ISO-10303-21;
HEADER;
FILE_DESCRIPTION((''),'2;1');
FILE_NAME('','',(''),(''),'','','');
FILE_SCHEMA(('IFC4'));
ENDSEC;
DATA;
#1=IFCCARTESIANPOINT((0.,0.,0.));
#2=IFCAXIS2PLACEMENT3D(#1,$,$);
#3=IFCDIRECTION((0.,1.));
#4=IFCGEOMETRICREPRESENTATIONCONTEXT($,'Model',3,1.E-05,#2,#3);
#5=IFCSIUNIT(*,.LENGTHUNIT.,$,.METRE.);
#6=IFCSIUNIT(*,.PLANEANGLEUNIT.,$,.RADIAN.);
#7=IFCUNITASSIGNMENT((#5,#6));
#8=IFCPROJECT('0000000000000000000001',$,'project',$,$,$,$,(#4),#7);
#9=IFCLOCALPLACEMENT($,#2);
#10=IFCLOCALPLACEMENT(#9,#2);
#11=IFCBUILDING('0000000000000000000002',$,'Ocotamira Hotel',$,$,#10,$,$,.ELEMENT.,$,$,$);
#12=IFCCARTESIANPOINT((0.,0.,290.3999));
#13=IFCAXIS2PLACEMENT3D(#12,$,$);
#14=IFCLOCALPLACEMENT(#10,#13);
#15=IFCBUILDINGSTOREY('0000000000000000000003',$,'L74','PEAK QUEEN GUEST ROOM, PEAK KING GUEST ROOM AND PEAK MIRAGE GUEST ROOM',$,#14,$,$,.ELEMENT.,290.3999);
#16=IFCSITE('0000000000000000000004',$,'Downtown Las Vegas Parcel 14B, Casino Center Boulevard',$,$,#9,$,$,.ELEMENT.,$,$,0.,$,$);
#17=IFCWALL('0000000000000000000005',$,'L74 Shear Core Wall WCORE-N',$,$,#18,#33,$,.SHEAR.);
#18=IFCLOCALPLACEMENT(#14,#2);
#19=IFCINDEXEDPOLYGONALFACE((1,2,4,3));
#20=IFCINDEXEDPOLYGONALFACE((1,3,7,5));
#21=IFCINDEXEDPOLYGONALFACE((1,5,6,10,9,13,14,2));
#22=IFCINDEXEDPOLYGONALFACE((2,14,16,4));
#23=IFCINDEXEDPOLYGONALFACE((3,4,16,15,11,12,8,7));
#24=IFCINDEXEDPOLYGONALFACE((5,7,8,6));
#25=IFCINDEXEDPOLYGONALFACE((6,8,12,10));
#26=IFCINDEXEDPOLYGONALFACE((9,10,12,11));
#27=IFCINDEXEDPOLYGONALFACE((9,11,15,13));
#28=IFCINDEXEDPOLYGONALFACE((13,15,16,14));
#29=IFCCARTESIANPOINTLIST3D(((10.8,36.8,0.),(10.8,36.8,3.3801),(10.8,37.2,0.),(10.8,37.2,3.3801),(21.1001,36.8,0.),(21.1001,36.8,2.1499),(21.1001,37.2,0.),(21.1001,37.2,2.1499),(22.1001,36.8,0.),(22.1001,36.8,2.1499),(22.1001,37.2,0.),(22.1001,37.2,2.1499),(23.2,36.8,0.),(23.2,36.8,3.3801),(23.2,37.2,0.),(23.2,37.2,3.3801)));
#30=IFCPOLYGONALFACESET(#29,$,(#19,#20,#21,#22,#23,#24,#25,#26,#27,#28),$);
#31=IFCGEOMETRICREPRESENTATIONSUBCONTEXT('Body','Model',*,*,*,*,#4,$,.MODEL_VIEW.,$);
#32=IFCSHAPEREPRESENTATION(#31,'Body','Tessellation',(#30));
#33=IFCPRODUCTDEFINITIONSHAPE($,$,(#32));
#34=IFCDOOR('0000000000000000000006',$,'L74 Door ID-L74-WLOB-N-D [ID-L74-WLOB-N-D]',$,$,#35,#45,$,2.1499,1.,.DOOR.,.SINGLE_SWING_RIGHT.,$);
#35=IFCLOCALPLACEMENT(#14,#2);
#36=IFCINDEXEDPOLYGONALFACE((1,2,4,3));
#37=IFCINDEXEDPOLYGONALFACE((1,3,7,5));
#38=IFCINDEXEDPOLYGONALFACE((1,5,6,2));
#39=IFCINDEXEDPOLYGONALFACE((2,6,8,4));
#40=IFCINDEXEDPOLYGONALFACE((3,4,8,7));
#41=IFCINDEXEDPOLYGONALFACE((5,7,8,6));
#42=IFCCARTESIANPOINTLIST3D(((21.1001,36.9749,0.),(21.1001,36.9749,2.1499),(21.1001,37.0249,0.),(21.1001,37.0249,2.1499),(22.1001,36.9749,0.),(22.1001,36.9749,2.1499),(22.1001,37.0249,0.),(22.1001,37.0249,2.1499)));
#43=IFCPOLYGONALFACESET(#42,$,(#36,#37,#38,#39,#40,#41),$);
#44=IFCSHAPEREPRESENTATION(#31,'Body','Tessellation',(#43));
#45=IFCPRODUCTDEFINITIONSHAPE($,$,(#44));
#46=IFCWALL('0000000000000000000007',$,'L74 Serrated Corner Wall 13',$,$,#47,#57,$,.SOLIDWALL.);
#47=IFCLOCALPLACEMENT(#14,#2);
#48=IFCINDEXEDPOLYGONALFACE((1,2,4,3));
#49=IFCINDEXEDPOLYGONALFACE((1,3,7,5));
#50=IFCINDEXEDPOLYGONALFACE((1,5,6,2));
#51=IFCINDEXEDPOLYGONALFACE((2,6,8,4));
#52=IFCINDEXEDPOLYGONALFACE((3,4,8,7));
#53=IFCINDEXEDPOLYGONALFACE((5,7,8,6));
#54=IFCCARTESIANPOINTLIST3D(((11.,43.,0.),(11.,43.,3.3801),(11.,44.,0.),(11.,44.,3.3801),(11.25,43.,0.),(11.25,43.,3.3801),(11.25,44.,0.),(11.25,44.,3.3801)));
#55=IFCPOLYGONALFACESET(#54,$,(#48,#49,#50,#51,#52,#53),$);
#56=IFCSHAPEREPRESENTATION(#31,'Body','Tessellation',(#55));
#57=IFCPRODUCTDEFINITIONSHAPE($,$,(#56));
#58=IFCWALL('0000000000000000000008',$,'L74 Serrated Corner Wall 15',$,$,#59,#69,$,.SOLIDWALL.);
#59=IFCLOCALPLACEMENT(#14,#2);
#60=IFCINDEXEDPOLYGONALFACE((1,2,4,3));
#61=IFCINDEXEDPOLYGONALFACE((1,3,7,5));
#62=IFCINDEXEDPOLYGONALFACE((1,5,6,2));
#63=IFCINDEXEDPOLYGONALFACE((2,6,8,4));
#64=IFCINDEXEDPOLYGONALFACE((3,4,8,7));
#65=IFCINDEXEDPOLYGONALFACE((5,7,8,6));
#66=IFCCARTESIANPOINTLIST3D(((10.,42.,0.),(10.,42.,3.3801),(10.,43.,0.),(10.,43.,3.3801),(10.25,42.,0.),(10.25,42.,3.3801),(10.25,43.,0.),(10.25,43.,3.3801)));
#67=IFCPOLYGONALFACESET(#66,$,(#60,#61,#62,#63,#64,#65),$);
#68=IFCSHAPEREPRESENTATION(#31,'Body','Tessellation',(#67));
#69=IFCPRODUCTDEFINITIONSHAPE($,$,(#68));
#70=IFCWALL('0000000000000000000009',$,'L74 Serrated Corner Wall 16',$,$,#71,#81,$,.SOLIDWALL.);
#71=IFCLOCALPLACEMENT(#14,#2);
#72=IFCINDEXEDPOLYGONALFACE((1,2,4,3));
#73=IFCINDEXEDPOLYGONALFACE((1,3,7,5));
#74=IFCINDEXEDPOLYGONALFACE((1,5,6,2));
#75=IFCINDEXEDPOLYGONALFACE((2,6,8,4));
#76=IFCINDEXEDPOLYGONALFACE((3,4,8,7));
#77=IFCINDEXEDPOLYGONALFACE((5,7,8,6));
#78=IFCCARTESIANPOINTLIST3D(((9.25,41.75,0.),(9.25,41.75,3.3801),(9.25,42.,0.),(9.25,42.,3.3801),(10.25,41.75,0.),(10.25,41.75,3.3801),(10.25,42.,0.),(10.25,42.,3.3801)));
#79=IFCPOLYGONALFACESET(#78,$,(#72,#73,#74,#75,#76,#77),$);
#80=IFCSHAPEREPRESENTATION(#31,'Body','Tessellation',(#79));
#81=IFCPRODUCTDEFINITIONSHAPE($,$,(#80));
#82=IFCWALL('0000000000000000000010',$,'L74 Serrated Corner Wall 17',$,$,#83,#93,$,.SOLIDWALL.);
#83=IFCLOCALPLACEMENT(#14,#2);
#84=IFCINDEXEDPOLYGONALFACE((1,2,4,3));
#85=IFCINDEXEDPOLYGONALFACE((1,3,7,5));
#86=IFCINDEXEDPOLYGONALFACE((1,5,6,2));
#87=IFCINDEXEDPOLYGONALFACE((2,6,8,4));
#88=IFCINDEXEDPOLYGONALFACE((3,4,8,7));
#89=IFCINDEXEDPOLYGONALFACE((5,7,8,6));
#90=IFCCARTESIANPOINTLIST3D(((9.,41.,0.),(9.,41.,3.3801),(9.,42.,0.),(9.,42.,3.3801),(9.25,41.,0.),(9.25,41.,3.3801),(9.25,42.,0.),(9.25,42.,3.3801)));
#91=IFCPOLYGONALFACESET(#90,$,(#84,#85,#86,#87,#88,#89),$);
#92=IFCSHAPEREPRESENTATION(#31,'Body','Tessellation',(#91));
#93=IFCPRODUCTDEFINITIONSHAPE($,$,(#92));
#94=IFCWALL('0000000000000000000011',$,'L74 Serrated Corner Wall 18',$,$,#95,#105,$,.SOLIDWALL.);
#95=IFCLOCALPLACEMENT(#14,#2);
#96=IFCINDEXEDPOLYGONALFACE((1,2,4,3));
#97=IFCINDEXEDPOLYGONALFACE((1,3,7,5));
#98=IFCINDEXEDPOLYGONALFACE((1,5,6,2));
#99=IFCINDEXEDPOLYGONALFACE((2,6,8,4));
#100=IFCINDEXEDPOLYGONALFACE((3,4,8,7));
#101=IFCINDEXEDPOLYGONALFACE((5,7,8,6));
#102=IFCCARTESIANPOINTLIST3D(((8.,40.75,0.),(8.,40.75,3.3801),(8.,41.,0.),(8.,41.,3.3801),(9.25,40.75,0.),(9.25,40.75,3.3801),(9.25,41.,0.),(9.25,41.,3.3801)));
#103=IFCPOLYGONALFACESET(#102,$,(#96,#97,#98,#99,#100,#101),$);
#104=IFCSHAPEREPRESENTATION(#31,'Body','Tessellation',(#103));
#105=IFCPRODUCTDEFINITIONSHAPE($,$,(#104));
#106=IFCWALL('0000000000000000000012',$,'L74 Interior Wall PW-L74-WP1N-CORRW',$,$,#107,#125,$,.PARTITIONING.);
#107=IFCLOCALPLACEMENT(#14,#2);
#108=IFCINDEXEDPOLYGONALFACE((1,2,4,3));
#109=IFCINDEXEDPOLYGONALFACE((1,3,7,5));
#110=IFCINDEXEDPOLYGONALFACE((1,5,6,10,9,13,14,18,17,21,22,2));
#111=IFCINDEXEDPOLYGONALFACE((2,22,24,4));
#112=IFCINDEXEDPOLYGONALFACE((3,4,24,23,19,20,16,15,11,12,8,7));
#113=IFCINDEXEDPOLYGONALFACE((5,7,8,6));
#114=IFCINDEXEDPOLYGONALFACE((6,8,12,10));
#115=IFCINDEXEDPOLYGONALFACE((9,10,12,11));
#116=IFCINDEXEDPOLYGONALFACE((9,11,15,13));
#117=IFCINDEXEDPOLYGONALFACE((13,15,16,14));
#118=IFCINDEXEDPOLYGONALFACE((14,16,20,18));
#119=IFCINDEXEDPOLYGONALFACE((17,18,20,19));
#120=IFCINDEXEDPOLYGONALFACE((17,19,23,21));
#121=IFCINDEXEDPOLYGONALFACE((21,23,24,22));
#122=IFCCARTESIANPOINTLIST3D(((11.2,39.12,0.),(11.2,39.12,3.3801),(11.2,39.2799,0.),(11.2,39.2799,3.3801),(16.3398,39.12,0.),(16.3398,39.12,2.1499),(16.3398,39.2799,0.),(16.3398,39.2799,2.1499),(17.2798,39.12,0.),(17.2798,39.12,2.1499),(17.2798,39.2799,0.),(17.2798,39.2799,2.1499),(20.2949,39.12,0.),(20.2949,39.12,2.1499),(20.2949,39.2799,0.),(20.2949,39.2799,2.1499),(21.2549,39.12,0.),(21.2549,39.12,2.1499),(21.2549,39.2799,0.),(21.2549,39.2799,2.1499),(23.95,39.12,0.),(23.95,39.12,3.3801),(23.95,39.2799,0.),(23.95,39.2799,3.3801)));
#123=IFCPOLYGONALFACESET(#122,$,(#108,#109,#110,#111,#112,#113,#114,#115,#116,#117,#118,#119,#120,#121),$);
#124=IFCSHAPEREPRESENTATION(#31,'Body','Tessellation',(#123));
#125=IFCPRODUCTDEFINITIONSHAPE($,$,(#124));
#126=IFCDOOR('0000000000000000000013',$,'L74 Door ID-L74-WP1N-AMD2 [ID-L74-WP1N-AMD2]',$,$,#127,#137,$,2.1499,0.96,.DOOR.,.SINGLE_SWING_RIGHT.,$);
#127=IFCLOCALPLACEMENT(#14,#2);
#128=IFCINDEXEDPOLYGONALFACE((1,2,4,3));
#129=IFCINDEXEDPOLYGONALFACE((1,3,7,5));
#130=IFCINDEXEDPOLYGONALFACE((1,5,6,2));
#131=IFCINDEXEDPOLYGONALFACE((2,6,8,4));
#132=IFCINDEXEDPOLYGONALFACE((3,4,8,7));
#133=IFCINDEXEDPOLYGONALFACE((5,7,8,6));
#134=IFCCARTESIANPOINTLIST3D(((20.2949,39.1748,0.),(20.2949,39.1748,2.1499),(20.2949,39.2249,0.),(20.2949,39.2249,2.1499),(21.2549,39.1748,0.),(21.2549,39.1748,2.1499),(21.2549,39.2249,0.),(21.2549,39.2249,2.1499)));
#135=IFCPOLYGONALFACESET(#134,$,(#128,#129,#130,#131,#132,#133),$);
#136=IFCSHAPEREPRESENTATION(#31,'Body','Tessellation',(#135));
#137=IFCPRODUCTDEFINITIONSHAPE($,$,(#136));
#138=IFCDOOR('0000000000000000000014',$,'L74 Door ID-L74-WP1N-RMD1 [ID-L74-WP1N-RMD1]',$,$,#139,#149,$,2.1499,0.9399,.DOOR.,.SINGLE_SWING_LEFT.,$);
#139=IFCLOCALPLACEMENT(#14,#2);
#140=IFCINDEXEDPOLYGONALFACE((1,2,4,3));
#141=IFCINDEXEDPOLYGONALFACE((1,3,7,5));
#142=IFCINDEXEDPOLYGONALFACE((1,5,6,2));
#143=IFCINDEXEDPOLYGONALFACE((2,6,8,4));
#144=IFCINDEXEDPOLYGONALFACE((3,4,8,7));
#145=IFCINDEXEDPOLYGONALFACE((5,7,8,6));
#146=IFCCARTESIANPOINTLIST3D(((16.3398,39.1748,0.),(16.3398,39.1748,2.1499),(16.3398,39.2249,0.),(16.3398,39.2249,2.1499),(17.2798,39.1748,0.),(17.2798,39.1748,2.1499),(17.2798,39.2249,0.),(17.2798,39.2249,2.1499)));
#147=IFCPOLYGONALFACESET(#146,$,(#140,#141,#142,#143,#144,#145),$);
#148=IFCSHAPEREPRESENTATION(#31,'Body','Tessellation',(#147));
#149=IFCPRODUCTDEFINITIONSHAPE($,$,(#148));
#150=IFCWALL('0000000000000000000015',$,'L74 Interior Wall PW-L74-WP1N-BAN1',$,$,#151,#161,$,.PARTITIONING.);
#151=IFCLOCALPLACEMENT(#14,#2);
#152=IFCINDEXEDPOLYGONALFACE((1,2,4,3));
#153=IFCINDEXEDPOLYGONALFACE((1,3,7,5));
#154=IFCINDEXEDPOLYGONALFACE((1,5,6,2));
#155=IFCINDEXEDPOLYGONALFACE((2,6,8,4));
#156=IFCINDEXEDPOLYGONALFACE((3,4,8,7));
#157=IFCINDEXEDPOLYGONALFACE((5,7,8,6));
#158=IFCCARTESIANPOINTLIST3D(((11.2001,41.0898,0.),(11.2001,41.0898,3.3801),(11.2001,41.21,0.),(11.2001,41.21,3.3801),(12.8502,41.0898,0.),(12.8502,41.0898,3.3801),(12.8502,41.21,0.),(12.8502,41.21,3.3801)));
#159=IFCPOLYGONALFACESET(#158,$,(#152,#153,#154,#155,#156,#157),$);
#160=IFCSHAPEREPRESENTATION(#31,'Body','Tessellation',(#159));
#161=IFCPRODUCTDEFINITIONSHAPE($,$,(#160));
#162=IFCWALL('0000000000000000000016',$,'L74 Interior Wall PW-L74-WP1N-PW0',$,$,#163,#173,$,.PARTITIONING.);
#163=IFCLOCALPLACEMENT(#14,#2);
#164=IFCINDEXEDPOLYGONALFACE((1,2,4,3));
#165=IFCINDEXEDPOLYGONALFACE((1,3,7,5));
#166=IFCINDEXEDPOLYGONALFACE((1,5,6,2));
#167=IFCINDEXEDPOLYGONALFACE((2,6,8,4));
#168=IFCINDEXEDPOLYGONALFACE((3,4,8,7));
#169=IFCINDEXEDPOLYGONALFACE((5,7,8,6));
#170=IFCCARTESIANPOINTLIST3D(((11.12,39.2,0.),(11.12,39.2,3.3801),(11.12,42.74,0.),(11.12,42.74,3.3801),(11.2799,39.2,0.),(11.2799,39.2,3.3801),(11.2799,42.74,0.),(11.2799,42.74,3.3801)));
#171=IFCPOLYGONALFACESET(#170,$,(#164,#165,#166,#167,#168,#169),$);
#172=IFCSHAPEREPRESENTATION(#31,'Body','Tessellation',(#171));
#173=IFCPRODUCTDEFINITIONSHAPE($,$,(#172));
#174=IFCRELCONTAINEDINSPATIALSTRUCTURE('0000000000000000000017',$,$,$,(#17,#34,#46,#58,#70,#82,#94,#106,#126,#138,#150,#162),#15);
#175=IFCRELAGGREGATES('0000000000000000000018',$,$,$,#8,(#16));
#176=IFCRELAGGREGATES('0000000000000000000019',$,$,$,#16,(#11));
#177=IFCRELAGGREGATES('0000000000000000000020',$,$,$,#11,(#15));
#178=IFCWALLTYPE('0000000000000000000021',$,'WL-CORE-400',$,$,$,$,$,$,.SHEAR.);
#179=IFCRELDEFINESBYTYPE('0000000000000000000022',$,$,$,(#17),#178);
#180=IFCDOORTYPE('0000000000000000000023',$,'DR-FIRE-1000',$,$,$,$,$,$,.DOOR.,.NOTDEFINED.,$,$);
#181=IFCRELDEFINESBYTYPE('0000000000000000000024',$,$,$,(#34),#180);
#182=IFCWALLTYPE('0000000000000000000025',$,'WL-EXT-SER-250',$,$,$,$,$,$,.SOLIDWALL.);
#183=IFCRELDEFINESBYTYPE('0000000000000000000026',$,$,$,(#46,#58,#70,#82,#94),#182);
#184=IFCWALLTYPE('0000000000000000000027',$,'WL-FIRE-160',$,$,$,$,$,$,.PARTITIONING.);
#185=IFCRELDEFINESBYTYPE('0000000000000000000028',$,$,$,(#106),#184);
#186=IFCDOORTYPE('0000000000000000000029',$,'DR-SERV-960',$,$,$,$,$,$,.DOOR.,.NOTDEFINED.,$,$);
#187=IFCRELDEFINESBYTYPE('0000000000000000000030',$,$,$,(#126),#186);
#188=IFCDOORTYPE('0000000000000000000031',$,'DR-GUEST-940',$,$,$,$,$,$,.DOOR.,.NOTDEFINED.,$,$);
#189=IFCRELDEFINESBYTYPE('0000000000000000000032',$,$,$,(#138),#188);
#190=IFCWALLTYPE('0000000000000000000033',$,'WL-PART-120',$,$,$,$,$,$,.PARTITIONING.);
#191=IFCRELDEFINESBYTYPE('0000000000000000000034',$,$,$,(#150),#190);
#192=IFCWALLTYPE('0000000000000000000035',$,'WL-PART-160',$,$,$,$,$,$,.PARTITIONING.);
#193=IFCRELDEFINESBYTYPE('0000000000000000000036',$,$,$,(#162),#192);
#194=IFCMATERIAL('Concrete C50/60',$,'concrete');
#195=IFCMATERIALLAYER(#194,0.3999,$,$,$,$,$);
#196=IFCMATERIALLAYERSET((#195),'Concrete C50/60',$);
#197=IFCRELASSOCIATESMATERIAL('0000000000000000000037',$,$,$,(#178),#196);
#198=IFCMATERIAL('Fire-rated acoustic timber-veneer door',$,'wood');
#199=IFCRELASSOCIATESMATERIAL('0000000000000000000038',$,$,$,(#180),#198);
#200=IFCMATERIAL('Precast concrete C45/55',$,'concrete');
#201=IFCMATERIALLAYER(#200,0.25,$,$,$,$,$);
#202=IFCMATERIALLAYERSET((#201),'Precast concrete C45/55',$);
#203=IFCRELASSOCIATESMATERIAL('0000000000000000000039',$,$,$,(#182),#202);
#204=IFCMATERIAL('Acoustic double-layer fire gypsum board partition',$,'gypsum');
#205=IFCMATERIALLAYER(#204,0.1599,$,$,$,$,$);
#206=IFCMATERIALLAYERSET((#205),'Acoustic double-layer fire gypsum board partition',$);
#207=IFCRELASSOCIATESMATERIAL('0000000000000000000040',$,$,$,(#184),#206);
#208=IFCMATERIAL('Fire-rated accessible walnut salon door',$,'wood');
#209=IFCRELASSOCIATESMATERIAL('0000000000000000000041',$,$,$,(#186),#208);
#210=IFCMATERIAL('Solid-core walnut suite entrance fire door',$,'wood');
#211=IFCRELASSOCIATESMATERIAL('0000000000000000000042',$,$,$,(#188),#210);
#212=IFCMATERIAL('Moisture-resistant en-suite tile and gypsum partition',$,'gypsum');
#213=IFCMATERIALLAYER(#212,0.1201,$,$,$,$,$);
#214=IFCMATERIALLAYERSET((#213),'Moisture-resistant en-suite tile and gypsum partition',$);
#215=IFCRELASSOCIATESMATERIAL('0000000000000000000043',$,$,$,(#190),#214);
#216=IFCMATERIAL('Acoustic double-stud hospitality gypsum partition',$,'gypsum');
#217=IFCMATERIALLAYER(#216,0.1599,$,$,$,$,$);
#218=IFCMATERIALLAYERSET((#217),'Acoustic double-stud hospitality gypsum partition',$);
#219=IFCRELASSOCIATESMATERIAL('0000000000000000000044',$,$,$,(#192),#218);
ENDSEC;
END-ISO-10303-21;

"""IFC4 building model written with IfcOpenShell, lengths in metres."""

from ifc_helpers import new_model, si_unit, direction, frame, frame_2d, origin, place, context, subcontext, project, spatial, rectangle, extrude, source, transform, mapped, material, layer, layer_set, type_object, element, fill, save


model = new_model("IFC4")

# Units and contexts
model_context = context("Model", 3, precision=1e-05, world=origin(), true_north=direction((0.0, 1.0)))
body_context = subcontext(model_context, "Body", "Model", "MODEL_VIEW")
ifc_project = project(units=[si_unit("LENGTHUNIT", "METRE"), si_unit("PLANEANGLEUNIT", "RADIAN")], contexts=[model_context])

# Site, building, storey
site_placement = place(None, origin())
site = spatial("IfcSite", under=ifc_project, at=site_placement, Name="Downtown Las Vegas Parcel 14B, Casino Center Boulevard", CompositionType="ELEMENT", RefElevation=0.0)
building_placement = place(site_placement, origin())
building = spatial("IfcBuilding", under=site, at=building_placement, Name="Ocotamira Hotel", CompositionType="ELEMENT")
storey_placement = place(building_placement, frame((0.0, 0.0, 290.3999)))
storey = spatial("IfcBuildingStorey", under=building, at=storey_placement, Name="L74", Description="PEAK QUEEN GUEST ROOM, PEAK KING GUEST ROOM AND PEAK MIRAGE GUEST ROOM", CompositionType="ELEMENT", Elevation=290.3999)

# Wall, opening, door
ifc_material_1 = material(Name="Concrete C50/60", Category="concrete")
ifc_layer_1 = layer(ifc_material_1, 0.3999)
ifc_layer_set_1 = layer_set([ifc_layer_1], Name="Concrete C50/60")
wall_type_1 = type_object("IfcWallType", Name="WL-CORE-400", PredefinedType="SHEAR", material=ifc_layer_set_1)
wall_1_placement = place(storey_placement, frame((10.8, 37.0, 0.0), z_axis=(0.0, 0.0, 1.0), x_axis=(1.0, 0.0, 0.0)))
wall_1 = element("IfcWall", 1, at=wall_1_placement, inside=storey, type_object=wall_type_1, Name="L74 Shear Core Wall WCORE-N", PredefinedType="SHEAR", context=body_context, shape_type="SweptSolid", body=[
    extrude(rectangle(XDim=12.3999, YDim=0.3999, at=frame_2d((6.2, 0.0))), origin(), (0.0, 0.0, 1.0), 3.3801),
])
opening_1_placement = place(wall_1_placement, frame((10.3, 0.0, 0.0)))
opening_1 = element("IfcOpeningElement", 2, at=opening_1_placement, cuts=wall_1, PredefinedType="OPENING", context=body_context, shape_type="SweptSolid", body=[
    extrude(rectangle(XDim=1.0, YDim=2.1499, at=frame_2d((0.5, 1.075))), frame((0.0, 0.21, 0.0), z_axis=(0.0, -1.0, 0.0), x_axis=(1.0, 0.0, 0.0)), (0.0, 0.0, 1.0), 0.4199),
])
ifc_material_2 = material(Name="Fire-rated acoustic timber-veneer door", Category="wood")
door_type_1 = type_object("IfcDoorType", Name="DR-FIRE-1000", OperationType="NOTDEFINED", PredefinedType="DOOR", material=ifc_material_2)
shared_shape_1 = source(origin(), body_context, "Body", "SweptSolid", [
    extrude(rectangle(XDim=1.0, YDim=2.1499, at=frame_2d((0.5, 1.075))), frame((0.0, 0.0249, 0.0), z_axis=(0.0, -1.0, 0.0), x_axis=(1.0, 0.0, 0.0)), (0.0, 0.0, 1.0), 0.05),
])
door_1_placement = place(opening_1_placement, origin())
door_1 = element("IfcDoor", 3, at=door_1_placement, inside=storey, type_object=door_type_1, Name="L74 Door ID-L74-WLOB-N-D [ID-L74-WLOB-N-D]", OperationType="SINGLE_SWING_RIGHT", OverallHeight=2.1499, OverallWidth=1.0, PredefinedType="DOOR", context=body_context, shape_type="MappedRepresentation", body=[
    mapped(shared_shape_1, transform((0.0, 0.0, 0.0), scale=1.0)),
])
fill(opening_1, door_1)

# Walls
ifc_material_3 = material(Name="Precast concrete C45/55", Category="concrete")
ifc_layer_2 = layer(ifc_material_3, 0.25)
ifc_layer_set_2 = layer_set([ifc_layer_2], Name="Precast concrete C45/55")
wall_type_2 = type_object("IfcWallType", Name="WL-EXT-SER-250", PredefinedType="SOLIDWALL", material=ifc_layer_set_2)
for number, where, z_axis, x_axis, name in (
    (4, (11.125, 44.0, 0.0), (0.0, 0.0, 1.0), (0.0, -1.0, 0.0), "L74 Serrated Corner Wall 13"),
    (5, (10.125, 43.0, 0.0), (0.0, 0.0, 1.0), (0.0, -1.0, 0.0), "L74 Serrated Corner Wall 15"),
    (6, (10.25, 41.875, 0.0), (0.0, 0.0, 1.0), (-1.0, 0.0, 0.0), "L74 Serrated Corner Wall 16"),
    (7, (9.125, 42.0, 0.0), (0.0, 0.0, 1.0), (0.0, -1.0, 0.0), "L74 Serrated Corner Wall 17"),
):
    element("IfcWall", number, at=place(storey_placement, frame(where, z_axis=z_axis, x_axis=x_axis)), inside=storey, type_object=wall_type_2, Name=name, PredefinedType="SOLIDWALL", context=body_context, shape_type="SweptSolid", body=[
        extrude(rectangle(XDim=1.0, YDim=0.25, at=frame_2d((0.5, 0.0))), origin(), (0.0, 0.0, 1.0), 3.3801),
    ])
wall_2_placement = place(storey_placement, frame((9.25, 40.875, 0.0), z_axis=(0.0, 0.0, 1.0), x_axis=(-1.0, 0.0, 0.0)))
element("IfcWall", 8, at=wall_2_placement, inside=storey, type_object=wall_type_2, Name="L74 Serrated Corner Wall 18", PredefinedType="SOLIDWALL", context=body_context, shape_type="SweptSolid", body=[
    extrude(rectangle(XDim=1.25, YDim=0.25, at=frame_2d((0.625, 0.0))), origin(), (0.0, 0.0, 1.0), 3.3801),
])

# Wall, openings, doors
ifc_material_4 = material(Name="Acoustic double-layer fire gypsum board partition", Category="gypsum")
ifc_layer_3 = layer(ifc_material_4, 0.1599)
ifc_layer_set_3 = layer_set([ifc_layer_3], Name="Acoustic double-layer fire gypsum board partition")
wall_type_3 = type_object("IfcWallType", Name="WL-FIRE-160", PredefinedType="PARTITIONING", material=ifc_layer_set_3)
wall_3_placement = place(storey_placement, frame((11.2, 39.2, 0.0), z_axis=(0.0, 0.0, 1.0), x_axis=(1.0, 0.0, 0.0)))
wall_3 = element("IfcWall", 9, at=wall_3_placement, inside=storey, type_object=wall_type_3, Name="L74 Interior Wall PW-L74-WP1N-CORRW", PredefinedType="PARTITIONING", context=body_context, shape_type="SweptSolid", body=[
    extrude(rectangle(XDim=12.75, YDim=0.1599, at=frame_2d((6.375, 0.0))), origin(), (0.0, 0.0, 1.0), 3.3801),
])
opening_2_placement = place(wall_3_placement, frame((5.1399, 0.0, 0.0)))
opening_2 = element("IfcOpeningElement", 10, at=opening_2_placement, cuts=wall_3, PredefinedType="OPENING", context=body_context, shape_type="SweptSolid", body=[
    extrude(rectangle(XDim=0.9399, YDim=2.1499, at=frame_2d((0.47, 1.075))), frame((0.0, 0.0898, 0.0), z_axis=(0.0, -1.0, 0.0), x_axis=(1.0, 0.0, 0.0)), (0.0, 0.0, 1.0), 0.1799),
])
opening_3_placement = place(wall_3_placement, frame((9.095, 0.0, 0.0)))
opening_3 = element("IfcOpeningElement", 11, at=opening_3_placement, cuts=wall_3, PredefinedType="OPENING", context=body_context, shape_type="SweptSolid", body=[
    extrude(rectangle(XDim=0.96, YDim=2.1499, at=frame_2d((0.48, 1.075))), frame((0.0, 0.0898, 0.0), z_axis=(0.0, -1.0, 0.0), x_axis=(1.0, 0.0, 0.0)), (0.0, 0.0, 1.0), 0.1799),
])
ifc_material_5 = material(Name="Fire-rated accessible walnut salon door", Category="wood")
door_type_2 = type_object("IfcDoorType", Name="DR-SERV-960", OperationType="NOTDEFINED", PredefinedType="DOOR", material=ifc_material_5)
shared_shape_2 = source(origin(), body_context, "Body", "SweptSolid", [
    extrude(rectangle(XDim=0.96, YDim=2.1499, at=frame_2d((0.48, 1.075))), frame((0.0, 0.0249, 0.0), z_axis=(0.0, -1.0, 0.0), x_axis=(1.0, 0.0, 0.0)), (0.0, 0.0, 1.0), 0.05),
])
door_2_placement = place(opening_3_placement, origin())
door_2 = element("IfcDoor", 12, at=door_2_placement, inside=storey, type_object=door_type_2, Name="L74 Door ID-L74-WP1N-AMD2 [ID-L74-WP1N-AMD2]", OperationType="SINGLE_SWING_RIGHT", OverallHeight=2.1499, OverallWidth=0.96, PredefinedType="DOOR", context=body_context, shape_type="MappedRepresentation", body=[
    mapped(shared_shape_2, transform((0.0, 0.0, 0.0), scale=1.0)),
])
fill(opening_3, door_2)
ifc_material_6 = material(Name="Solid-core walnut suite entrance fire door", Category="wood")
door_type_3 = type_object("IfcDoorType", Name="DR-GUEST-940", OperationType="NOTDEFINED", PredefinedType="DOOR", material=ifc_material_6)
shared_shape_3 = source(origin(), body_context, "Body", "SweptSolid", [
    extrude(rectangle(XDim=0.9399, YDim=2.1499, at=frame_2d((0.47, 1.075))), frame((0.0, 0.0249, 0.0), z_axis=(0.0, -1.0, 0.0), x_axis=(1.0, 0.0, 0.0)), (0.0, 0.0, 1.0), 0.05),
])
door_3_placement = place(opening_2_placement, origin())
door_3 = element("IfcDoor", 13, at=door_3_placement, inside=storey, type_object=door_type_3, Name="L74 Door ID-L74-WP1N-RMD1 [ID-L74-WP1N-RMD1]", OperationType="SINGLE_SWING_LEFT", OverallHeight=2.1499, OverallWidth=0.9399, PredefinedType="DOOR", context=body_context, shape_type="MappedRepresentation", body=[
    mapped(shared_shape_3, transform((0.0, 0.0, 0.0), scale=1.0)),
])
fill(opening_2, door_3)

# Wall
ifc_material_7 = material(Name="Moisture-resistant en-suite tile and gypsum partition", Category="gypsum")
ifc_layer_4 = layer(ifc_material_7, 0.1201)
ifc_layer_set_4 = layer_set([ifc_layer_4], Name="Moisture-resistant en-suite tile and gypsum partition")
wall_type_4 = type_object("IfcWallType", Name="WL-PART-120", PredefinedType="PARTITIONING", material=ifc_layer_set_4)
wall_4_placement = place(storey_placement, frame((11.2, 41.1499, 0.0), z_axis=(0.0, 0.0, 1.0), x_axis=(1.0, 0.0, 0.0)))
element("IfcWall", 14, at=wall_4_placement, inside=storey, type_object=wall_type_4, Name="L74 Interior Wall PW-L74-WP1N-BAN1", PredefinedType="PARTITIONING", context=body_context, shape_type="SweptSolid", body=[
    extrude(rectangle(XDim=1.6501, YDim=0.1201, at=frame_2d((0.8252, 0.0))), origin(), (0.0, 0.0, 1.0), 3.3801),
])

# Wall
ifc_material_8 = material(Name="Acoustic double-stud hospitality gypsum partition", Category="gypsum")
ifc_layer_5 = layer(ifc_material_8, 0.1599)
ifc_layer_set_5 = layer_set([ifc_layer_5], Name="Acoustic double-stud hospitality gypsum partition")
wall_type_5 = type_object("IfcWallType", Name="WL-PART-160", PredefinedType="PARTITIONING", material=ifc_layer_set_5)
wall_5_placement = place(storey_placement, frame((11.2, 39.2, 0.0), z_axis=(0.0, 0.0, 1.0), x_axis=(0.0, 1.0, 0.0)))
element("IfcWall", 15, at=wall_5_placement, inside=storey, type_object=wall_type_5, Name="L74 Interior Wall PW-L74-WP1N-PW0", PredefinedType="PARTITIONING", context=body_context, shape_type="SweptSolid", body=[
    extrude(rectangle(XDim=3.54, YDim=0.1599, at=frame_2d((1.77, 0.0))), origin(), (0.0, 0.0, 1.0), 3.3801),
])

save(model, "model.ifc")
